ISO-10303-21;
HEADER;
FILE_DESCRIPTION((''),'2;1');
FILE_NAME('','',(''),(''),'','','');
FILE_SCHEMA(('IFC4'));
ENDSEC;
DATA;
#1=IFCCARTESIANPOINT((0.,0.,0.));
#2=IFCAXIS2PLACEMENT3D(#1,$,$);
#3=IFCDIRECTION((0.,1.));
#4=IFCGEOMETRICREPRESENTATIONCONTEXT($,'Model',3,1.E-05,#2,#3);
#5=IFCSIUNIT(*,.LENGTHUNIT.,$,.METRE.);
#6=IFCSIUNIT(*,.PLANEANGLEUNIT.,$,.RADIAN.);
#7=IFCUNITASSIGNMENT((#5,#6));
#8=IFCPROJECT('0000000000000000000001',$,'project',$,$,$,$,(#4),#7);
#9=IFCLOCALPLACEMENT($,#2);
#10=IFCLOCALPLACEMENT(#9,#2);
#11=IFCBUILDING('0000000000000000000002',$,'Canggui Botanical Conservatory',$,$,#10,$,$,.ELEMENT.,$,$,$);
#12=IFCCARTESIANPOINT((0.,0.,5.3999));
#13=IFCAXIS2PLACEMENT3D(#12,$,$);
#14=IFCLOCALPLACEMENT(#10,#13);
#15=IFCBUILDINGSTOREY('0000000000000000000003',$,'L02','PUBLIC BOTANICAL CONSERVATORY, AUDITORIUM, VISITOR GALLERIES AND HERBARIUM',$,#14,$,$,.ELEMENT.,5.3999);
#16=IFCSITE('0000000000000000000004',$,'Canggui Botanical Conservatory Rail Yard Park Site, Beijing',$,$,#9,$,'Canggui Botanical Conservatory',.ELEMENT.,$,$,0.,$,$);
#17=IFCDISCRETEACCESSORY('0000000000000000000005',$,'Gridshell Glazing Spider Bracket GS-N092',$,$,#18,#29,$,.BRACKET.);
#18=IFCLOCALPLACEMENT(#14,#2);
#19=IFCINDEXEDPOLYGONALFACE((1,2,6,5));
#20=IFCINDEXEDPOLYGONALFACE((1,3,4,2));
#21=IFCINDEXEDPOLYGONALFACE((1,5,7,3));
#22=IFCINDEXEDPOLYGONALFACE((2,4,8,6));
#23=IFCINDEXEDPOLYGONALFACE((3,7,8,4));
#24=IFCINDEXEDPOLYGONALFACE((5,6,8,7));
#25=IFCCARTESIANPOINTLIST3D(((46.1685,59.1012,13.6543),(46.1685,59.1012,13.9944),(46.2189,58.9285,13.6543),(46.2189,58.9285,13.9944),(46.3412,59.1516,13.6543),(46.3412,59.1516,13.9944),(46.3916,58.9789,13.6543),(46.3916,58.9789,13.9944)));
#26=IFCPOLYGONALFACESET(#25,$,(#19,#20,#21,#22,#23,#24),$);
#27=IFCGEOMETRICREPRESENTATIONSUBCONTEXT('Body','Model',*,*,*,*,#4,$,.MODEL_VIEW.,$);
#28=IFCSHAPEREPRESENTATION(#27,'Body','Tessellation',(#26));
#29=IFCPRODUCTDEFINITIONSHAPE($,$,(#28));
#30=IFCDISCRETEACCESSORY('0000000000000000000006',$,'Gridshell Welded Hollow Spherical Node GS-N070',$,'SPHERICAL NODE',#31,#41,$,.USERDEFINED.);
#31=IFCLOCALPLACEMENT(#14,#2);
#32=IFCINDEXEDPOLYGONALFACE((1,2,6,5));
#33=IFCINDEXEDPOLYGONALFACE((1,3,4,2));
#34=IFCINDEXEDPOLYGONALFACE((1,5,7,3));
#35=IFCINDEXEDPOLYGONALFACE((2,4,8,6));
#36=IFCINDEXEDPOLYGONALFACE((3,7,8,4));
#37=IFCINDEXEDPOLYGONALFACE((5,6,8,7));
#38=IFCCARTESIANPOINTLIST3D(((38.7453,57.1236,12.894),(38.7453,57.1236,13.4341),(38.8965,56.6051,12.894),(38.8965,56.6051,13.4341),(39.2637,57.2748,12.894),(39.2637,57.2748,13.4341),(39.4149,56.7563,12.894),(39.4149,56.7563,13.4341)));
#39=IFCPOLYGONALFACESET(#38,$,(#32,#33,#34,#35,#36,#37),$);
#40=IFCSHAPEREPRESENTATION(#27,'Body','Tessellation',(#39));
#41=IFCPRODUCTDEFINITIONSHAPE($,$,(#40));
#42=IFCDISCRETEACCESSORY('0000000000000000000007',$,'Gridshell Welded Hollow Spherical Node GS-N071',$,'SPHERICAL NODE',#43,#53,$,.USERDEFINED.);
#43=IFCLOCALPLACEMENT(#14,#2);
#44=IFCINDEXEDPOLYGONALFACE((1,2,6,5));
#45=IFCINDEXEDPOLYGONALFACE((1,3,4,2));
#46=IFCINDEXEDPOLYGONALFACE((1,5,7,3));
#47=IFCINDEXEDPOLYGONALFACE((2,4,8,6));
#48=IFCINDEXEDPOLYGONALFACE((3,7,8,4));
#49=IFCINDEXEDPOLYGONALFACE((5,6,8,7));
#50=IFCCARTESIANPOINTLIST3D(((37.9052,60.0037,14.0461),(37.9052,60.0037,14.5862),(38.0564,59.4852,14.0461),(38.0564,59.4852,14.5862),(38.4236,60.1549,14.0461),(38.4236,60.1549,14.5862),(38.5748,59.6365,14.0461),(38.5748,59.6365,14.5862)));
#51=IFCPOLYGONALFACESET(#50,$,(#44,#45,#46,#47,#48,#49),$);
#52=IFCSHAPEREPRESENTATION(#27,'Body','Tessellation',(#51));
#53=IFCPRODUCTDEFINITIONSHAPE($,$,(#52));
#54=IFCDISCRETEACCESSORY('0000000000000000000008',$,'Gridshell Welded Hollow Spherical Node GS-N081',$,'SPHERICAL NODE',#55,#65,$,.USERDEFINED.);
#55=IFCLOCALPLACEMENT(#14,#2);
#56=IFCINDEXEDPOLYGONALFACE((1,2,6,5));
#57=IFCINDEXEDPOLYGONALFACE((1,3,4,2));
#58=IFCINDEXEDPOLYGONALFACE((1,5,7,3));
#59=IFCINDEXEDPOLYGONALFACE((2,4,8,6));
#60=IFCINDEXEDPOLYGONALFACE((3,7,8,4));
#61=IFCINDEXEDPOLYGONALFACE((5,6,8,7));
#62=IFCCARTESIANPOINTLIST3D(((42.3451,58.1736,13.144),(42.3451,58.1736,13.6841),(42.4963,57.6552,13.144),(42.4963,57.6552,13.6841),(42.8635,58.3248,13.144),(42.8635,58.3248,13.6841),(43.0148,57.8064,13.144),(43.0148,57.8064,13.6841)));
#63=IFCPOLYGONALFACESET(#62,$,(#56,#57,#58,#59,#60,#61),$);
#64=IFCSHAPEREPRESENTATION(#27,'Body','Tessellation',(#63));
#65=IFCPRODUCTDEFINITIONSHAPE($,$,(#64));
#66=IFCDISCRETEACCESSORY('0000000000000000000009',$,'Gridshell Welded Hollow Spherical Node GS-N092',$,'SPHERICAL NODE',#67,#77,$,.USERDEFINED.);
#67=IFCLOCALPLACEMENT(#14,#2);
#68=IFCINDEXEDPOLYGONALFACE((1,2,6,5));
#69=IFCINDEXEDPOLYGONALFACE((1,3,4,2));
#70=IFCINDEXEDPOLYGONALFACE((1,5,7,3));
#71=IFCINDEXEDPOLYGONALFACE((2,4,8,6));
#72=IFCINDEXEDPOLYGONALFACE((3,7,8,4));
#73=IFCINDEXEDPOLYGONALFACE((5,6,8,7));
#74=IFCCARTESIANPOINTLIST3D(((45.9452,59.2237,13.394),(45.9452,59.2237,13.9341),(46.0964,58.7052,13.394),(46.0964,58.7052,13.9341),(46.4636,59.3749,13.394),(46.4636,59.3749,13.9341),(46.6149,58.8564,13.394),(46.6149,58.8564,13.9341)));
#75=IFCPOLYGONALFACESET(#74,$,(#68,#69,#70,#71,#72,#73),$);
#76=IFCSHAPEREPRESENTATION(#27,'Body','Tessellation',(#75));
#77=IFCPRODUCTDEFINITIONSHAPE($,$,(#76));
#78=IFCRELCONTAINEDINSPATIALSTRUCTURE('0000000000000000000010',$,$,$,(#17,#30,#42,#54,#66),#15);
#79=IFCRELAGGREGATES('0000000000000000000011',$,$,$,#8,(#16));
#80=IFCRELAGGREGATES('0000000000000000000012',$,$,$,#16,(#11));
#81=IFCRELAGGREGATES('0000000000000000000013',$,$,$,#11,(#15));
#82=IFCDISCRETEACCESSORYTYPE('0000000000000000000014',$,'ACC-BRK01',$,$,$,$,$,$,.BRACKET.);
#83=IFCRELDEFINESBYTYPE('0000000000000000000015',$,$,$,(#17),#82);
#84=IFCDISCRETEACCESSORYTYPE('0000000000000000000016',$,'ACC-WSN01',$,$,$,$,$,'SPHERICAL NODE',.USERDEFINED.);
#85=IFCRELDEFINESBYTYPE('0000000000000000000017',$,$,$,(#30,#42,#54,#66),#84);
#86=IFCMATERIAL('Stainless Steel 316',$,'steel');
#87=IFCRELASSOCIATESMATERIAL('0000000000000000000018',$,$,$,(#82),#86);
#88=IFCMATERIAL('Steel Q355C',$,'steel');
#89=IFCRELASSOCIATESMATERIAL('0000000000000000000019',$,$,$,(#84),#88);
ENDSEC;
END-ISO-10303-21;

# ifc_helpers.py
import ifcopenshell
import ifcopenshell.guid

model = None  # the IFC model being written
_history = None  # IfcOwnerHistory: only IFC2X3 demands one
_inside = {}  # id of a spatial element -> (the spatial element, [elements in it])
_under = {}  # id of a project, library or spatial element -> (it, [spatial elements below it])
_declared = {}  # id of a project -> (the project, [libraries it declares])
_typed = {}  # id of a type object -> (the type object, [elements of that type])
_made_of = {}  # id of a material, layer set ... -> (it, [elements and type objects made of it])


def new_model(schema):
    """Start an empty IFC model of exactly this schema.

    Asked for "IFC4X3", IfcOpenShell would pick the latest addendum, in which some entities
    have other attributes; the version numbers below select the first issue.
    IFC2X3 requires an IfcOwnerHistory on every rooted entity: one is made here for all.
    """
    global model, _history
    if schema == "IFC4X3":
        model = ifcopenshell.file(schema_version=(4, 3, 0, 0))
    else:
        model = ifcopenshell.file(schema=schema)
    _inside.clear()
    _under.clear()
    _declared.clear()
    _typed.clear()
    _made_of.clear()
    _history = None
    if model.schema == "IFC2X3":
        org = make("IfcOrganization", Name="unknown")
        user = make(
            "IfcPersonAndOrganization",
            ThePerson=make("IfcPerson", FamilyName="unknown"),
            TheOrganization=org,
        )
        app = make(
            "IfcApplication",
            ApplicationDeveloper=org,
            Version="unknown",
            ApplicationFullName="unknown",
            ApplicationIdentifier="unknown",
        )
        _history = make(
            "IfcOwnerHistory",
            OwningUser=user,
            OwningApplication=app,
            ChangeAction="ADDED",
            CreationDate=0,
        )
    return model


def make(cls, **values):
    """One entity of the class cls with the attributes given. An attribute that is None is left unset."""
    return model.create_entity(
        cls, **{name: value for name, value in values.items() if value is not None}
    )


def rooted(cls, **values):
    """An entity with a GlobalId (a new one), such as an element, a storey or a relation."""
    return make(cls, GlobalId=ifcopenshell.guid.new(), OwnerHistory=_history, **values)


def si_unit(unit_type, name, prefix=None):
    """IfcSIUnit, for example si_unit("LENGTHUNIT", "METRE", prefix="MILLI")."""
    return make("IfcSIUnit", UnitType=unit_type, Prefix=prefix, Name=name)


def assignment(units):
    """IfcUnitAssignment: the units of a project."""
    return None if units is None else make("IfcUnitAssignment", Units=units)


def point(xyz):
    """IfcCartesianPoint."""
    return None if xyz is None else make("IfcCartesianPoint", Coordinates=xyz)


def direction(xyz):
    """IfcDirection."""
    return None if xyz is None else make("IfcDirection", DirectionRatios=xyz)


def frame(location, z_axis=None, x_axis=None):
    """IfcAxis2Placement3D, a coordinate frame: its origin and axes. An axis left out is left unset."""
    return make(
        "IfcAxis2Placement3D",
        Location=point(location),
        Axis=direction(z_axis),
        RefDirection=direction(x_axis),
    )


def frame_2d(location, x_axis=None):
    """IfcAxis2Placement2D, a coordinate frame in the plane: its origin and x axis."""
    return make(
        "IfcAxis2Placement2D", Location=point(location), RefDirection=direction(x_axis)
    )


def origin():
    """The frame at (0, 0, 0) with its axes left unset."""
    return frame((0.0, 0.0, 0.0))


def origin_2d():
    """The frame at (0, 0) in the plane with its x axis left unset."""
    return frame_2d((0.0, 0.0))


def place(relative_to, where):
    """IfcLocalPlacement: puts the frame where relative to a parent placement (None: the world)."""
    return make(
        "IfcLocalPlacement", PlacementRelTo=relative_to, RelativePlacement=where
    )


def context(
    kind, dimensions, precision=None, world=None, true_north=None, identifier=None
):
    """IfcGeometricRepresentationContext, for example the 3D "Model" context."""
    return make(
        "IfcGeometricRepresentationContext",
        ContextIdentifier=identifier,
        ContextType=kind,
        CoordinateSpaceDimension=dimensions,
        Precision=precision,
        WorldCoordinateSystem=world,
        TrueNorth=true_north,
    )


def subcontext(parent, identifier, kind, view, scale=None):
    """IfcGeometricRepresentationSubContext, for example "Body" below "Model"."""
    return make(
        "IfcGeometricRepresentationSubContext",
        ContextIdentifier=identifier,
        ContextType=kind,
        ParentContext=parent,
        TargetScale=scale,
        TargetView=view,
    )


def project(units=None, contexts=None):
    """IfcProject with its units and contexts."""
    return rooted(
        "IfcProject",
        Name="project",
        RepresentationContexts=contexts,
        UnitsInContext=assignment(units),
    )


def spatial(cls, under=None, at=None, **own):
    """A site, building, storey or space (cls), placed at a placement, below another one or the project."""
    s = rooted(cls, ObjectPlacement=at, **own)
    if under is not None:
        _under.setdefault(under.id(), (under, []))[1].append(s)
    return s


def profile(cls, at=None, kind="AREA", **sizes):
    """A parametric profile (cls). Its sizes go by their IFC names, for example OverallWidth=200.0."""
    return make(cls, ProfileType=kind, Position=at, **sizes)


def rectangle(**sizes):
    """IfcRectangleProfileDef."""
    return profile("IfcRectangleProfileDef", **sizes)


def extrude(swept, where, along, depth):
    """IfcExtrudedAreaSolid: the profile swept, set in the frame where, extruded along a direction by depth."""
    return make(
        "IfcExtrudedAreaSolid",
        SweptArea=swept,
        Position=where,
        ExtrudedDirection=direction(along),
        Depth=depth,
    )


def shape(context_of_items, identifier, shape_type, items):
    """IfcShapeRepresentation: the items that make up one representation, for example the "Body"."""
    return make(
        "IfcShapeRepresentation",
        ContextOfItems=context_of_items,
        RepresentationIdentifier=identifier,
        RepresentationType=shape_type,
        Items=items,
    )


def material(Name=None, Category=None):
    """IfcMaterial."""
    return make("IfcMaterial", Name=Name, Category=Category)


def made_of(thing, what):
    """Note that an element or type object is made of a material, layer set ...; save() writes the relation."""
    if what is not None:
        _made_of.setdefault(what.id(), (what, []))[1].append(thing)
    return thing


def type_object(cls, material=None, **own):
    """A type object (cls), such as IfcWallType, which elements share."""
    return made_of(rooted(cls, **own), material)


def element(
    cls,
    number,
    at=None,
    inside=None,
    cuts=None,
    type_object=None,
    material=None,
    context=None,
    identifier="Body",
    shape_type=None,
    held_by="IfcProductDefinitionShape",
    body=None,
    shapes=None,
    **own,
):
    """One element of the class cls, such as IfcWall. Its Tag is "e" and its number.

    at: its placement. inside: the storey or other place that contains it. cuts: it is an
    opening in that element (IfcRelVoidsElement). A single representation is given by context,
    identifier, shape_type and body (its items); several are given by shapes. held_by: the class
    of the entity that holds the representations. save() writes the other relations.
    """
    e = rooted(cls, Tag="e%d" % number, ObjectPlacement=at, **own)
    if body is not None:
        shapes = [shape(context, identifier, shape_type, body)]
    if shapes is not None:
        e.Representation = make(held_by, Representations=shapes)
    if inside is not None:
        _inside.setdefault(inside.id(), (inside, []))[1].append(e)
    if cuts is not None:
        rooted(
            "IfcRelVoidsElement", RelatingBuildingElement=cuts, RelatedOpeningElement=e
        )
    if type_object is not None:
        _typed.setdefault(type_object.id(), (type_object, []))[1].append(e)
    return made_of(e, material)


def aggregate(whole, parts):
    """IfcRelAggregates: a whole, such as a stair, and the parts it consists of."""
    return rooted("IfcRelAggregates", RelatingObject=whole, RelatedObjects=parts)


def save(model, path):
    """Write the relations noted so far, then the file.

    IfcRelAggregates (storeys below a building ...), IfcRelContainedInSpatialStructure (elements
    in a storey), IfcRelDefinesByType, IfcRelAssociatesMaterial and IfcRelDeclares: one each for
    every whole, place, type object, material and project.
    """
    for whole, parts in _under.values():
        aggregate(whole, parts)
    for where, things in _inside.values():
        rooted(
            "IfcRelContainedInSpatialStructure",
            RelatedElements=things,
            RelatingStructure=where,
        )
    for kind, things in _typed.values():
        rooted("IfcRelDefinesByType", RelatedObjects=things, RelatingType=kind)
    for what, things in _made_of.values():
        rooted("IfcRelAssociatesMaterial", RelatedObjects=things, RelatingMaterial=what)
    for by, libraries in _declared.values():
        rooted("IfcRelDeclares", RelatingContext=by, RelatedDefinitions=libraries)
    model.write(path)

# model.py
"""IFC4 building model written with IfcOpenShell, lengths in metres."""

from ifc_helpers import new_model, si_unit, direction, frame, origin, origin_2d, place, context, subcontext, project, spatial, rectangle, extrude, material, type_object, element, save


model = new_model("IFC4")

# Units and contexts
model_context = context("Model", 3, precision=1e-05, world=origin(), true_north=direction((0.0, 1.0)))
body_context = subcontext(model_context, "Body", "Model", "MODEL_VIEW")
ifc_project = project(units=[si_unit("LENGTHUNIT", "METRE"), si_unit("PLANEANGLEUNIT", "RADIAN")], contexts=[model_context])

# Site, building, storey
site_placement = place(None, origin())
site = spatial("IfcSite", under=ifc_project, at=site_placement, Name="Canggui Botanical Conservatory Rail Yard Park Site, Beijing", LongName="Canggui Botanical Conservatory", CompositionType="ELEMENT", RefElevation=0.0)
building_placement = place(site_placement, origin())
building = spatial("IfcBuilding", under=site, at=building_placement, Name="Canggui Botanical Conservatory", CompositionType="ELEMENT")
storey_placement = place(building_placement, frame((0.0, 0.0, 5.3999)))
storey = spatial("IfcBuildingStorey", under=building, at=storey_placement, Name="L02", Description="PUBLIC BOTANICAL CONSERVATORY, AUDITORIUM, VISITOR GALLERIES AND HERBARIUM", CompositionType="ELEMENT", Elevation=5.3999)

# Shared definitions
ifc_material_1 = material(Name="Steel Q355C", Category="steel")

# Discrete accessories
ifc_material_2 = material(Name="Stainless Steel 316", Category="steel")
discrete_accessory_type_1 = type_object("IfcDiscreteAccessoryType", Name="ACC-BRK01", PredefinedType="BRACKET", material=ifc_material_2)
for number, where, z_axis, x_axis, name in (
    (1, (46.28, 59.04, 13.6543), (0.0, 0.0, 1.0), (0.96, 0.28, 0.0), "Gridshell Glazing Spider Bracket GS-N092"),
):
    element("IfcDiscreteAccessory", number, at=place(storey_placement, frame(where, z_axis=z_axis, x_axis=x_axis)), inside=storey, type_object=discrete_accessory_type_1, Name=name, PredefinedType="BRACKET", context=body_context, shape_type="SweptSolid", body=[
        extrude(rectangle(XDim=0.1799, YDim=0.1799, at=origin_2d()), origin(), (0.0, 0.0, 1.0), 0.3401),
    ])
discrete_accessory_type_2 = type_object("IfcDiscreteAccessoryType", Name="ACC-WSN01", ElementType="SPHERICAL NODE", PredefinedType="USERDEFINED", material=ifc_material_1)
for number, where, z_axis, x_axis, name in (
    (2, (39.0801, 56.9399, 12.894), (0.0, 0.0, 1.0), (0.96, 0.28, 0.0), "Gridshell Welded Hollow Spherical Node GS-N070"),
    (3, (38.24, 59.8201, 14.0461), (0.0, 0.0, 1.0), (0.96, 0.28, 0.0), "Gridshell Welded Hollow Spherical Node GS-N071"),
    (4, (42.6799, 57.99, 13.144), (0.0, 0.0, 1.0), (0.96, 0.28, 0.0), "Gridshell Welded Hollow Spherical Node GS-N081"),
    (5, (46.28, 59.04, 13.394), (0.0, 0.0, 1.0), (0.96, 0.28, 0.0), "Gridshell Welded Hollow Spherical Node GS-N092"),
):
    element("IfcDiscreteAccessory", number, at=place(storey_placement, frame(where, z_axis=z_axis, x_axis=x_axis)), inside=storey, type_object=discrete_accessory_type_2, Name=name, ObjectType="SPHERICAL NODE", PredefinedType="USERDEFINED", context=body_context, shape_type="SweptSolid", body=[
        extrude(rectangle(XDim=0.54, YDim=0.54, at=origin_2d()), origin(), (0.0, 0.0, 1.0), 0.54),
    ])

save(model, "model.ifc")
